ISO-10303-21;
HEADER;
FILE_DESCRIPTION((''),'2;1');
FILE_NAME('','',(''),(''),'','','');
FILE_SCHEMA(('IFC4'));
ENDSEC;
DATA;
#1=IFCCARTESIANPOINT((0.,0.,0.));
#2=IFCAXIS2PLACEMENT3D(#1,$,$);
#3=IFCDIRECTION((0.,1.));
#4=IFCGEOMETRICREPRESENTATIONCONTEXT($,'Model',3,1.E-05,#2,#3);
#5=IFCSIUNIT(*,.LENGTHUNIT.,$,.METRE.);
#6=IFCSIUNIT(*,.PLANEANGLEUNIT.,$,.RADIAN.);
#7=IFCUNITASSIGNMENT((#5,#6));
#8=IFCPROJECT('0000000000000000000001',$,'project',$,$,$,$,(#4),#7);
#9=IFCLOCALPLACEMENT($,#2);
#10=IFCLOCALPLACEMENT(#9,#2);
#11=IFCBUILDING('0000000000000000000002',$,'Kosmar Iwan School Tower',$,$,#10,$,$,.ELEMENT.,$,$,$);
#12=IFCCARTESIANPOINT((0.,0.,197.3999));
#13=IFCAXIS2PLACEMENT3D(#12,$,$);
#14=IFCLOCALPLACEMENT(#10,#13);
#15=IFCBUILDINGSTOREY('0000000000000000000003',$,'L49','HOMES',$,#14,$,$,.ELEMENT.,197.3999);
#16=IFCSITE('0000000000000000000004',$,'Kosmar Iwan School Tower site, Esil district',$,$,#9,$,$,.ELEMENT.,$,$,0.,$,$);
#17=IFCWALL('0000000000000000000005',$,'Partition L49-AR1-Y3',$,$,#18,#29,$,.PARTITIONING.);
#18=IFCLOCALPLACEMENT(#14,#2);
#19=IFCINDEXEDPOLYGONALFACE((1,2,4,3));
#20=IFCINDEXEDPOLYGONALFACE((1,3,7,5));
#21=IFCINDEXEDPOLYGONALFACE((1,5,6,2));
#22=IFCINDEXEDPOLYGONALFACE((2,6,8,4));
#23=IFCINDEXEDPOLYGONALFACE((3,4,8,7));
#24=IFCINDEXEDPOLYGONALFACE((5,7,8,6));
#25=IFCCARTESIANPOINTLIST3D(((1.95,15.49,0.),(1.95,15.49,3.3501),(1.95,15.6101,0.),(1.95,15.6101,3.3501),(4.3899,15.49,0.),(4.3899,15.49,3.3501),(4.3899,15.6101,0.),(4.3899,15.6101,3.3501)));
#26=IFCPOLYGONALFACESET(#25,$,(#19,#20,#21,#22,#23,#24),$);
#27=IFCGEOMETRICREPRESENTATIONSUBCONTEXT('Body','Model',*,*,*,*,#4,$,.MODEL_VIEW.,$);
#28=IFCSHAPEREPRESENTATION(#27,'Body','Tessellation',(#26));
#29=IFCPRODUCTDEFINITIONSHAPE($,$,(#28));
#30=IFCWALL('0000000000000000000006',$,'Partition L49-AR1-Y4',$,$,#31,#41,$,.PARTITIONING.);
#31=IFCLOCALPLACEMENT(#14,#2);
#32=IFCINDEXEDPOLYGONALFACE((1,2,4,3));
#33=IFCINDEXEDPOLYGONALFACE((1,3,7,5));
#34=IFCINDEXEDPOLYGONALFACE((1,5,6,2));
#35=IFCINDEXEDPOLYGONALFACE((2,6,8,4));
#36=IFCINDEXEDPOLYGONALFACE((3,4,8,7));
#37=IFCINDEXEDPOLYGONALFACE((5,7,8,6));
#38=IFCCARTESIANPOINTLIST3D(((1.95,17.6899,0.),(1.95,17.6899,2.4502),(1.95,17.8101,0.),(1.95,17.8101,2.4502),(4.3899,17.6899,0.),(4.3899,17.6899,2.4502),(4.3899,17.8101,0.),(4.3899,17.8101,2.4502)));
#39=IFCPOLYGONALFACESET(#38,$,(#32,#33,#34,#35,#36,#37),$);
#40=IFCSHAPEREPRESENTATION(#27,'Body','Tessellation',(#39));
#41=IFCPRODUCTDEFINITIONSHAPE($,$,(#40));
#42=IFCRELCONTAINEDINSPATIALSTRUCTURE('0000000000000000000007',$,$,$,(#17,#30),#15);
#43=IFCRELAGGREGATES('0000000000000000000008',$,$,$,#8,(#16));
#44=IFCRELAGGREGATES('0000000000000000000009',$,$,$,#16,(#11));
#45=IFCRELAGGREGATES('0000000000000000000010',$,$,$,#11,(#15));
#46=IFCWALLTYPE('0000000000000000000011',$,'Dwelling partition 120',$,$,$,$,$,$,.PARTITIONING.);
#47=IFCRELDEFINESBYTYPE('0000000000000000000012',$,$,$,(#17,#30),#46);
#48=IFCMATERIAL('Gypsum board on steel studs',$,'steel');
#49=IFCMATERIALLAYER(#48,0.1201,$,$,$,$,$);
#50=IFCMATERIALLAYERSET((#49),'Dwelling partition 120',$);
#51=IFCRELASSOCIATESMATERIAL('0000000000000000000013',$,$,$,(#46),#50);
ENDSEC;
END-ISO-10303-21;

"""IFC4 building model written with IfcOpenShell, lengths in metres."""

from ifc_helpers import new_model, si_unit, direction, frame, frame_2d, origin, place, context, subcontext, project, spatial, rectangle, extrude, material, layer, layer_set, type_object, element, save


model = new_model("IFC4")

# Units and contexts
model_context = context("Model", 3, precision=1e-05, world=origin(), true_north=direction((0.0, 1.0)))
body_context = subcontext(model_context, "Body", "Model", "MODEL_VIEW")
ifc_project = project(units=[si_unit("LENGTHUNIT", "METRE"), si_unit("PLANEANGLEUNIT", "RADIAN")], contexts=[model_context])

# Site, building, storey
site_placement = place(None, origin())
site = spatial("IfcSite", under=ifc_project, at=site_placement, Name="Kosmar Iwan School Tower site, Esil district", CompositionType="ELEMENT", RefElevation=0.0)
building_placement = place(site_placement, origin())
building = spatial("IfcBuilding", under=site, at=building_placement, Name="Kosmar Iwan School Tower", CompositionType="ELEMENT")
storey_placement = place(building_placement, frame((0.0, 0.0, 197.3999)))
storey = spatial("IfcBuildingStorey", under=building, at=storey_placement, Name="L49", Description="HOMES", CompositionType="ELEMENT", Elevation=197.3999)

# Shared definitions
ifc_material_1 = material(Name="Gypsum board on steel studs", Category="steel")
ifc_layer = layer(ifc_material_1, 0.1201)
ifc_layer_set = layer_set([ifc_layer], Name="Dwelling partition 120")
wall_type = type_object("IfcWallType", Name="Dwelling partition 120", PredefinedType="PARTITIONING", material=ifc_layer_set)

# Walls
wall_1_placement = place(storey_placement, frame((1.95, 15.55, 0.0), z_axis=(0.0, 0.0, 1.0), x_axis=(1.0, 0.0, 0.0)))
element("IfcWall", 1, at=wall_1_placement, inside=storey, type_object=wall_type, Name="Partition L49-AR1-Y3", PredefinedType="PARTITIONING", context=body_context, shape_type="SweptSolid", body=[
    extrude(rectangle(XDim=2.4399, YDim=0.1201, at=frame_2d((1.22, 0.0))), origin(), (0.0, 0.0, 1.0), 3.3501),
])
wall_2_placement = place(storey_placement, frame((1.95, 17.75, 0.0), z_axis=(0.0, 0.0, 1.0), x_axis=(1.0, 0.0, 0.0)))
element("IfcWall", 2, at=wall_2_placement, inside=storey, type_object=wall_type, Name="Partition L49-AR1-Y4", PredefinedType="PARTITIONING", context=body_context, shape_type="SweptSolid", body=[
    extrude(rectangle(XDim=2.4399, YDim=0.1201, at=frame_2d((1.22, 0.0))), origin(), (0.0, 0.0, 1.0), 2.4502),
])

save(model, "model.ifc")
